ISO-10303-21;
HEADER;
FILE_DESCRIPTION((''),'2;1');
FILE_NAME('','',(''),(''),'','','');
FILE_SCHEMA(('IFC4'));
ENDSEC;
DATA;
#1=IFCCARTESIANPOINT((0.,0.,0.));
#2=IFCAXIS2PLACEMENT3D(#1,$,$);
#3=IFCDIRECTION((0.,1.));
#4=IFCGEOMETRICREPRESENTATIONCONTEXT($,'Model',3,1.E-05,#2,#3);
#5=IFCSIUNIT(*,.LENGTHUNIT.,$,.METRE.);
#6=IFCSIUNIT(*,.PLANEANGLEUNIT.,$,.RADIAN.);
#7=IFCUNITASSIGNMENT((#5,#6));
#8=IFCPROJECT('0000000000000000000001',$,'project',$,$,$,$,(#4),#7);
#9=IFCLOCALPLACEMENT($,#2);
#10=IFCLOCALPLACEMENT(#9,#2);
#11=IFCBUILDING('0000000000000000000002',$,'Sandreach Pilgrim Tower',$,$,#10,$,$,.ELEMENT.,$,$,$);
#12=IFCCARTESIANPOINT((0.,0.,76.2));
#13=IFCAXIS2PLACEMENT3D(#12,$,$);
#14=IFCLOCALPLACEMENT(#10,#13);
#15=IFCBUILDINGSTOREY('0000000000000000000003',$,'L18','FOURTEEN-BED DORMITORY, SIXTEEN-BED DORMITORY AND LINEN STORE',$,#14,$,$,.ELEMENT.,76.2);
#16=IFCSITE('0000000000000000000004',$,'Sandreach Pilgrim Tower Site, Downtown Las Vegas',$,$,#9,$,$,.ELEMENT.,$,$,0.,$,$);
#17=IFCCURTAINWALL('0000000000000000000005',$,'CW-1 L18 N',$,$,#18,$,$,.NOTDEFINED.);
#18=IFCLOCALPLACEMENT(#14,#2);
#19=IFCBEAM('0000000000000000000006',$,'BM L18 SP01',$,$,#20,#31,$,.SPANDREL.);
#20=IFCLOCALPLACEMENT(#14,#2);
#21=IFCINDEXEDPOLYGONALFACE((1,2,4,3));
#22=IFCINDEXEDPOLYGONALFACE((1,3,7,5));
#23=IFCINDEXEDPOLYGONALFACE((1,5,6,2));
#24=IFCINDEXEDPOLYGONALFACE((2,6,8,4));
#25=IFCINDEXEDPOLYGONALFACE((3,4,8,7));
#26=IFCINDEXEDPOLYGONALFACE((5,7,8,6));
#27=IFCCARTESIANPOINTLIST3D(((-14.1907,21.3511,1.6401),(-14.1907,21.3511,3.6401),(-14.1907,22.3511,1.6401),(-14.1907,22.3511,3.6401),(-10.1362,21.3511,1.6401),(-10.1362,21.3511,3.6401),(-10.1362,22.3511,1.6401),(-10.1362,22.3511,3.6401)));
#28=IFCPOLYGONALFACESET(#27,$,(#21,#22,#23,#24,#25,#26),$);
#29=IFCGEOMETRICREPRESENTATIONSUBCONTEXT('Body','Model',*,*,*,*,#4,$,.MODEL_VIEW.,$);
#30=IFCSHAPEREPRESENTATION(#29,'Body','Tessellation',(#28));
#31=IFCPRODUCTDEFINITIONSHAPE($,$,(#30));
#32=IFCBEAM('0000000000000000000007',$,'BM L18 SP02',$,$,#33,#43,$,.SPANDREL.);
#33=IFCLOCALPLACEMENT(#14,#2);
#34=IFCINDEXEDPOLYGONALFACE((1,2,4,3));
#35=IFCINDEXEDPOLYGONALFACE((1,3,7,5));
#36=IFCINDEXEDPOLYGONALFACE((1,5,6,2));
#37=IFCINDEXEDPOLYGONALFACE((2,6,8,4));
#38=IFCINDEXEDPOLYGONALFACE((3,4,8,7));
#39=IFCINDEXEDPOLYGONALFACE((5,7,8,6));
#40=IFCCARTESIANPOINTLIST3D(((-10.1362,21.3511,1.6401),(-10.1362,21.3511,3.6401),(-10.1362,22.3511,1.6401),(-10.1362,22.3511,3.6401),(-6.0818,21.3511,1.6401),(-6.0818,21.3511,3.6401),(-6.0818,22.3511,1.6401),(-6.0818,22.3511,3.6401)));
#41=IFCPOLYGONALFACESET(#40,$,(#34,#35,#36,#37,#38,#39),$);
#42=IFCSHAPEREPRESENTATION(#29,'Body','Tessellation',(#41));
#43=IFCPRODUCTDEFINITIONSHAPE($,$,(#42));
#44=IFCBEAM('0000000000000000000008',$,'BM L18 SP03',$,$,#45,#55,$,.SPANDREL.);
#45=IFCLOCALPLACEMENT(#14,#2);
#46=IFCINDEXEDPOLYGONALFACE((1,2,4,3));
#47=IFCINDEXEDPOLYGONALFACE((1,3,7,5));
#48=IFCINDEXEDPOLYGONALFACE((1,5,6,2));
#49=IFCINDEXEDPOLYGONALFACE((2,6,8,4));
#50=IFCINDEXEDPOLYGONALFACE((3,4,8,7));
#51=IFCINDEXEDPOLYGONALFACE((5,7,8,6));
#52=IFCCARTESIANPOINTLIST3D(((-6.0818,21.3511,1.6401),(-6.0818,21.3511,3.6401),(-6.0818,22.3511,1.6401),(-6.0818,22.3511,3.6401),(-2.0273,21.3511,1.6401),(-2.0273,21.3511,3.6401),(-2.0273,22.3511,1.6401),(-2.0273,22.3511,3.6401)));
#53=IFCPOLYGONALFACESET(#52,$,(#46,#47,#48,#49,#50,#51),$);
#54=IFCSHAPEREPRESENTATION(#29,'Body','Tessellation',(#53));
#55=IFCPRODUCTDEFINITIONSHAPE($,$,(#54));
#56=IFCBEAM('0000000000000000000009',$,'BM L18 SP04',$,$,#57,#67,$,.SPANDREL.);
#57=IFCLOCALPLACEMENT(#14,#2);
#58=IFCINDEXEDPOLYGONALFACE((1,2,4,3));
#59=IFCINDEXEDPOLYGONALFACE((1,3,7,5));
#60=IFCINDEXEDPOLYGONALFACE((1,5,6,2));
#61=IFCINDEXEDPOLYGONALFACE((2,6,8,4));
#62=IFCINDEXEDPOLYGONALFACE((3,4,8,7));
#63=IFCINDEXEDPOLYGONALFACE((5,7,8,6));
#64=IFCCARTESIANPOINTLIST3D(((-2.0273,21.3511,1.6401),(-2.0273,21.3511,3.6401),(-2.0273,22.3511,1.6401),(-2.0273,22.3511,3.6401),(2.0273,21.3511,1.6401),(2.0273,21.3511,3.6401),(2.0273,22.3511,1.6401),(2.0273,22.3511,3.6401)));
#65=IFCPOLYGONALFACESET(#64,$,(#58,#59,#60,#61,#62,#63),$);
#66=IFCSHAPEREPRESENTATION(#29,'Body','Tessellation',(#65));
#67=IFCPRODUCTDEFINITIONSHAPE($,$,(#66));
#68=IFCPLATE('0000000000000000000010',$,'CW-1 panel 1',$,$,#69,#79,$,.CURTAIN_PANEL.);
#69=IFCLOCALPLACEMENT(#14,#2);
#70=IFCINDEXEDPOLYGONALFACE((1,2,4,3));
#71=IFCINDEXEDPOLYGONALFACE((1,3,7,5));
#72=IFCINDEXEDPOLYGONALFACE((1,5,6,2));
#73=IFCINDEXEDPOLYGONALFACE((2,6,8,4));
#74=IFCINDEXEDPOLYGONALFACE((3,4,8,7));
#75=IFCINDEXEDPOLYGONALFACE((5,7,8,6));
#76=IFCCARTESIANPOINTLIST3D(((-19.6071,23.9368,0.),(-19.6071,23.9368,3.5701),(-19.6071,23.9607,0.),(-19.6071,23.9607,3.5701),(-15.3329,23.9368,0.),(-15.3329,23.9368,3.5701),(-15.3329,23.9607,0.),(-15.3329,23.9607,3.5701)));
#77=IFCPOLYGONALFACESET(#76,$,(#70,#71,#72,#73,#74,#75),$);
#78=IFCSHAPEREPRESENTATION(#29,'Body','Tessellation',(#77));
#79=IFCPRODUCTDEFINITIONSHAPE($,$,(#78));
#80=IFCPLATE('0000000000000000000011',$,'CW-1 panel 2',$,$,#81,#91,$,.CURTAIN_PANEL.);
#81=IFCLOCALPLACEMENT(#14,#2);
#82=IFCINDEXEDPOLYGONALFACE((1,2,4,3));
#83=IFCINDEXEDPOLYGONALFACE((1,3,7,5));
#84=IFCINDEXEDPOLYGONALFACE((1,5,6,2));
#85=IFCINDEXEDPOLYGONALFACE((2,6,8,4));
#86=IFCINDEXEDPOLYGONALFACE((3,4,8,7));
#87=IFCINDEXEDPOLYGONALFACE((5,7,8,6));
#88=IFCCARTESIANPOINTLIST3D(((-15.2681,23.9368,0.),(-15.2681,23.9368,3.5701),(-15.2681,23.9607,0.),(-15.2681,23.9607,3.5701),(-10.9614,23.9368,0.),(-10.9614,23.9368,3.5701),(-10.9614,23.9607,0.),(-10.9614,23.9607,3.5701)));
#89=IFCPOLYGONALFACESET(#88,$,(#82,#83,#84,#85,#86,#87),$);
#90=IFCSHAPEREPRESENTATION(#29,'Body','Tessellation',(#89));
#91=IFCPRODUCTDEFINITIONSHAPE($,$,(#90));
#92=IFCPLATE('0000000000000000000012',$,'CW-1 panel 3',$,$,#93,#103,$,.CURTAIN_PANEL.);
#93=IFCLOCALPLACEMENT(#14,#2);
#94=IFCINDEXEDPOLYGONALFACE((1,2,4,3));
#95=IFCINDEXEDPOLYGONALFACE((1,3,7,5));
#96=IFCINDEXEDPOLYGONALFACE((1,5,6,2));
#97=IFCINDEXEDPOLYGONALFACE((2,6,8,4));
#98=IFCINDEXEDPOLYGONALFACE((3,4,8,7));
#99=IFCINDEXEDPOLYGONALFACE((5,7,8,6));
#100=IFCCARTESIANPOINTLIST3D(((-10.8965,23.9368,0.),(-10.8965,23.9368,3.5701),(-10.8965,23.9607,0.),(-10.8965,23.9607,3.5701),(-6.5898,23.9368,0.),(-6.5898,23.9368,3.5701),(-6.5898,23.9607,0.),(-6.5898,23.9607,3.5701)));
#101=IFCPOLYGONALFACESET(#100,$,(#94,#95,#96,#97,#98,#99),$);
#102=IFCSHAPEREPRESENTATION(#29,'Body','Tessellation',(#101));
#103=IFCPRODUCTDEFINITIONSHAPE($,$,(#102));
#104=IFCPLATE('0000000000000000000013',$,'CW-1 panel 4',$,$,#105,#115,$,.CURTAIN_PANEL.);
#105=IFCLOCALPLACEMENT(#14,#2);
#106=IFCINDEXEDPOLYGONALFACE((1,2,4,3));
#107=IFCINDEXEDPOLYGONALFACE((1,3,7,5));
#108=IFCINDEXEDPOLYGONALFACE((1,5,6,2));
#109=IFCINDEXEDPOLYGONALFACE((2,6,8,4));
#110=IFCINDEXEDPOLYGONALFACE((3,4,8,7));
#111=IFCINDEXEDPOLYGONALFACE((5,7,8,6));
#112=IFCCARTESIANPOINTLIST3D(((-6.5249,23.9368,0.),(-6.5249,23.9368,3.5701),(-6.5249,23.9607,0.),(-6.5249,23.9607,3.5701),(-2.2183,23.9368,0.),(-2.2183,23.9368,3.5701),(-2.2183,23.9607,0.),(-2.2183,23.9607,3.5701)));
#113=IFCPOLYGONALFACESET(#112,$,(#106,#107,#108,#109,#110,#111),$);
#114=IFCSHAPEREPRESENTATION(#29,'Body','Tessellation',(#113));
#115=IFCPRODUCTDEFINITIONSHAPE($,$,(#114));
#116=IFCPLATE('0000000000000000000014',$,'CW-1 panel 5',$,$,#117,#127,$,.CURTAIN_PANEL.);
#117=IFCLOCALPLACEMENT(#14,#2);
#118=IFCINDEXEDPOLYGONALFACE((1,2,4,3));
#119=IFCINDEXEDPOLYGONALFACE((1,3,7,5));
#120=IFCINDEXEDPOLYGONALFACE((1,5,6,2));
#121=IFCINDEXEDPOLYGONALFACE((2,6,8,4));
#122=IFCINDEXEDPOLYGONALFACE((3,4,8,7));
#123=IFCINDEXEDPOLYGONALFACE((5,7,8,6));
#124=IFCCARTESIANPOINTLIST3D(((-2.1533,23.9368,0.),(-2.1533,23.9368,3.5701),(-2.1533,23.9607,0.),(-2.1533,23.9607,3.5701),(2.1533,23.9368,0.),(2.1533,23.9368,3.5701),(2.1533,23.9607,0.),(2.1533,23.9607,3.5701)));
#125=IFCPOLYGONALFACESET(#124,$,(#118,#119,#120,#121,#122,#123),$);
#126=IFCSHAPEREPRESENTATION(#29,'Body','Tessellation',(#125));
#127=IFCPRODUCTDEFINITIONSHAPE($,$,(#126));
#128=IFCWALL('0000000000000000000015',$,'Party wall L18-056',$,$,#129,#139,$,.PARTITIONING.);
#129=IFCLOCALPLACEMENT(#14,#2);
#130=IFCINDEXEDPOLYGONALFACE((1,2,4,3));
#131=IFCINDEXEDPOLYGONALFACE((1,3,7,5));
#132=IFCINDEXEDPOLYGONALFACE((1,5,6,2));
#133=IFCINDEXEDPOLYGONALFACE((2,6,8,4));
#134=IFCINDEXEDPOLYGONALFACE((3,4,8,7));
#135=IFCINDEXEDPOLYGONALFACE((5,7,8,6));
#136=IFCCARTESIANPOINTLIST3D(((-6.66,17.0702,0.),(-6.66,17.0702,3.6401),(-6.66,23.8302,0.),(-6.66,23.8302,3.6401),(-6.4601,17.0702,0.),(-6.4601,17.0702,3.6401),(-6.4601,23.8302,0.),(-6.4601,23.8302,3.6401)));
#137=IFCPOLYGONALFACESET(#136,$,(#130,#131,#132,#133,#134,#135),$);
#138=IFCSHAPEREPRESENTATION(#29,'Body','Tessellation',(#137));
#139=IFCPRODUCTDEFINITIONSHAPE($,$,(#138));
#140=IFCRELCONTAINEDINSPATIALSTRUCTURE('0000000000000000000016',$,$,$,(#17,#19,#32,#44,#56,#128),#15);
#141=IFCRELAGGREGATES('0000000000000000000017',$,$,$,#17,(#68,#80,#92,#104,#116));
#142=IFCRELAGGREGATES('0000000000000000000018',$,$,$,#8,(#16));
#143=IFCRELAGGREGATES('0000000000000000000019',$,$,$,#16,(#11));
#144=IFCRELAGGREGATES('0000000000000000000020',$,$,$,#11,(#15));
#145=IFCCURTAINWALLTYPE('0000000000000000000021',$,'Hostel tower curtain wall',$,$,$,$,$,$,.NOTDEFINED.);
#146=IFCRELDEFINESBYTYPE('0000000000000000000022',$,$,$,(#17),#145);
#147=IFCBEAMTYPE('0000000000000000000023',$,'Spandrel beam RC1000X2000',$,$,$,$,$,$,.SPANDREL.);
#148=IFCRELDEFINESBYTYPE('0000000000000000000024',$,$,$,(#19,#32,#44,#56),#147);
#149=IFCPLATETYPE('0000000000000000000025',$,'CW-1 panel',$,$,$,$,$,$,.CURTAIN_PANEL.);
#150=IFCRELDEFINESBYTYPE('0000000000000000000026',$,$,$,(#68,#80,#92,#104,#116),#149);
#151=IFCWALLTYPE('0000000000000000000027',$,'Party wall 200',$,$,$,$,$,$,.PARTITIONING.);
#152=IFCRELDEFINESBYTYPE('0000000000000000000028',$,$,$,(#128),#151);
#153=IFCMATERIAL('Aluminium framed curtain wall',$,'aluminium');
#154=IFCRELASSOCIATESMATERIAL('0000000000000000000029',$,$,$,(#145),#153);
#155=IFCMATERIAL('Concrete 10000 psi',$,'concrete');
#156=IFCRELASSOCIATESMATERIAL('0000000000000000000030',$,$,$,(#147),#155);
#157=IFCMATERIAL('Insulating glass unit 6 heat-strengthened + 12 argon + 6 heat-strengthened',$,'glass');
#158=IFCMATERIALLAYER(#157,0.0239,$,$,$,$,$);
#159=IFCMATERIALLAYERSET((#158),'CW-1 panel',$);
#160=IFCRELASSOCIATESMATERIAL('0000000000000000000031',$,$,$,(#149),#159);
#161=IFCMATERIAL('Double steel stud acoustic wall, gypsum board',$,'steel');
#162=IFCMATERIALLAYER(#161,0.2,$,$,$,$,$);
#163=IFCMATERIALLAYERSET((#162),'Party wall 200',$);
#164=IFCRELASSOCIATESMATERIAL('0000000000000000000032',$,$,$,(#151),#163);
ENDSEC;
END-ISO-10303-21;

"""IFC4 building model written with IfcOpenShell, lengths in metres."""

from ifc_helpers import new_model, si_unit, direction, frame, frame_2d, origin, origin_2d, place, context, subcontext, project, spatial, rectangle, extrude, material, layer, layer_set, material_profile, profile_set, type_object, element, aggregate, save


model = new_model("IFC4")

# Units and contexts
model_context = context("Model", 3, precision=1e-05, world=origin(), true_north=direction((0.0, 1.0)))
body_context = subcontext(model_context, "Body", "Model", "MODEL_VIEW")
ifc_project = project(units=[si_unit("LENGTHUNIT", "METRE"), si_unit("PLANEANGLEUNIT", "RADIAN")], contexts=[model_context])

# Site, building, storey
site_placement = place(None, origin())
site = spatial("IfcSite", under=ifc_project, at=site_placement, Name="Sandreach Pilgrim Tower Site, Downtown Las Vegas", CompositionType="ELEMENT", RefElevation=0.0)
building_placement = place(site_placement, origin())
building = spatial("IfcBuilding", under=site, at=building_placement, Name="Sandreach Pilgrim Tower", CompositionType="ELEMENT")
storey_placement = place(building_placement, frame((0.0, 0.0, 76.2)))
storey = spatial("IfcBuildingStorey", under=building, at=storey_placement, Name="L18", Description="FOURTEEN-BED DORMITORY, SIXTEEN-BED DORMITORY AND LINEN STORE", CompositionType="ELEMENT", Elevation=76.2)

# Curtain wall
ifc_material_1 = material(Name="Aluminium framed curtain wall", Category="aluminium")
curtain_wall_type = type_object("IfcCurtainWallType", Name="Hostel tower curtain wall", PredefinedType="NOTDEFINED", material=ifc_material_1)
curtain_wall_placement = place(storey_placement, origin())
curtain_wall = element("IfcCurtainWall", 1, at=curtain_wall_placement, inside=storey, type_object=curtain_wall_type, Name="CW-1 L18 N", PredefinedType="NOTDEFINED")

# Beams
ifc_material_2 = material(Name="Concrete 10000 psi", Category="concrete")
ifc_material_profile_1 = material_profile(ifc_material_2, rectangle(XDim=1.0, YDim=2.0, at=origin_2d()), Name="RC1000X2000")
ifc_profile_set_1 = profile_set([ifc_material_profile_1], Name="Concrete 10000 psi")
beam_type_1 = type_object("IfcBeamType", Name="Spandrel beam RC1000X2000", PredefinedType="SPANDREL", material=ifc_profile_set_1)
for number, where, z_axis, x_axis, name in (
    (2, (-14.1907, 21.8511, 2.6401), (1.0, 0.0, 0.0), (0.0, 1.0, 0.0), "BM L18 SP01"),
    (3, (-10.1362, 21.8511, 2.6401), (1.0, 0.0, 0.0), (0.0, 1.0, 0.0), "BM L18 SP02"),
    (4, (-6.0818, 21.8511, 2.6401), (1.0, 0.0, 0.0), (0.0, 1.0, 0.0), "BM L18 SP03"),
):
    element("IfcBeam", number, at=place(storey_placement, frame(where, z_axis=z_axis, x_axis=x_axis)), inside=storey, type_object=beam_type_1, Name=name, PredefinedType="SPANDREL", context=body_context, shape_type="SweptSolid", body=[
        extrude(rectangle(XDim=1.0, YDim=2.0, at=origin_2d()), origin(), (0.0, 0.0, 1.0), 4.0544),
    ])
beam_1_placement = place(storey_placement, frame((-2.0273, 21.8511, 2.6401), z_axis=(1.0, 0.0, 0.0), x_axis=(0.0, 1.0, 0.0)))
element("IfcBeam", 5, at=beam_1_placement, inside=storey, type_object=beam_type_1, Name="BM L18 SP04", PredefinedType="SPANDREL", context=body_context, shape_type="SweptSolid", body=[
    extrude(rectangle(XDim=1.0, YDim=2.0, at=origin_2d()), origin(), (0.0, 0.0, 1.0), 4.0547),
])

# Plates
ifc_material_3 = material(Name="Insulating glass unit 6 heat-strengthened + 12 argon + 6 heat-strengthened", Category="glass")
ifc_layer_1 = layer(ifc_material_3, 0.0239)
ifc_layer_set_1 = layer_set([ifc_layer_1], Name="CW-1 panel")
plate_type = type_object("IfcPlateType", Name="CW-1 panel", PredefinedType="CURTAIN_PANEL", material=ifc_layer_set_1)
plate_1_placement = place(storey_placement, frame((-17.47, 23.9487, 0.0), z_axis=(0.0, 0.0, 1.0), x_axis=(1.0, 0.0, 0.0)))
plate_1 = element("IfcPlate", 6, at=plate_1_placement, type_object=plate_type, Name="CW-1 panel 1", PredefinedType="CURTAIN_PANEL", context=body_context, shape_type="SweptSolid", body=[
    extrude(rectangle(XDim=4.2742, YDim=0.0239, at=origin_2d()), origin(), (0.0, 0.0, 1.0), 3.5701),
])
plate_2_placement = place(storey_placement, frame((-13.1147, 23.9487, 0.0), z_axis=(0.0, 0.0, 1.0), x_axis=(1.0, 0.0, 0.0)))
plate_2 = element("IfcPlate", 7, at=plate_2_placement, type_object=plate_type, Name="CW-1 panel 2", PredefinedType="CURTAIN_PANEL", context=body_context, shape_type="SweptSolid", body=[
    extrude(rectangle(XDim=4.3066, YDim=0.0239, at=origin_2d()), origin(), (0.0, 0.0, 1.0), 3.5701),
])
plate_3_placement = place(storey_placement, frame((-8.7432, 23.9487, 0.0), z_axis=(0.0, 0.0, 1.0), x_axis=(1.0, 0.0, 0.0)))
plate_3 = element("IfcPlate", 8, at=plate_3_placement, type_object=plate_type, Name="CW-1 panel 3", PredefinedType="CURTAIN_PANEL", context=body_context, shape_type="SweptSolid", body=[
    extrude(rectangle(XDim=4.3066, YDim=0.0239, at=origin_2d()), origin(), (0.0, 0.0, 1.0), 3.5701),
])
plate_4_placement = place(storey_placement, frame((-4.3716, 23.9487, 0.0), z_axis=(0.0, 0.0, 1.0), x_axis=(1.0, 0.0, 0.0)))
plate_4 = element("IfcPlate", 9, at=plate_4_placement, type_object=plate_type, Name="CW-1 panel 4", PredefinedType="CURTAIN_PANEL", context=body_context, shape_type="SweptSolid", body=[
    extrude(rectangle(XDim=4.3066, YDim=0.0239, at=origin_2d()), origin(), (0.0, 0.0, 1.0), 3.5701),
])
plate_5_placement = place(storey_placement, frame((0.0, 23.9487, 0.0), z_axis=(0.0, 0.0, 1.0), x_axis=(1.0, 0.0, 0.0)))
plate_5 = element("IfcPlate", 10, at=plate_5_placement, type_object=plate_type, Name="CW-1 panel 5", PredefinedType="CURTAIN_PANEL", context=body_context, shape_type="SweptSolid", body=[
    extrude(rectangle(XDim=4.3066, YDim=0.0239, at=origin_2d()), origin(), (0.0, 0.0, 1.0), 3.5701),
])
aggregate(curtain_wall, [plate_1, plate_2, plate_3, plate_4, plate_5])

# Wall
ifc_material_4 = material(Name="Double steel stud acoustic wall, gypsum board", Category="steel")
ifc_layer_2 = layer(ifc_material_4, 0.2)
ifc_layer_set_2 = layer_set([ifc_layer_2], Name="Party wall 200")
wall_type = type_object("IfcWallType", Name="Party wall 200", PredefinedType="PARTITIONING", material=ifc_layer_set_2)
wall_placement = place(storey_placement, frame((-6.5601, 23.8301, 0.0), z_axis=(0.0, 0.0, 1.0), x_axis=(0.0, -1.0, 0.0)))
element("IfcWall", 11, at=wall_placement, inside=storey, type_object=wall_type, Name="Party wall L18-056", PredefinedType="PARTITIONING", context=body_context, shape_type="SweptSolid", body=[
    extrude(rectangle(XDim=6.76, YDim=0.2, at=frame_2d((3.3799, 0.0))), origin(), (0.0, 0.0, 1.0), 3.6401),
])

save(model, "model.ifc")
